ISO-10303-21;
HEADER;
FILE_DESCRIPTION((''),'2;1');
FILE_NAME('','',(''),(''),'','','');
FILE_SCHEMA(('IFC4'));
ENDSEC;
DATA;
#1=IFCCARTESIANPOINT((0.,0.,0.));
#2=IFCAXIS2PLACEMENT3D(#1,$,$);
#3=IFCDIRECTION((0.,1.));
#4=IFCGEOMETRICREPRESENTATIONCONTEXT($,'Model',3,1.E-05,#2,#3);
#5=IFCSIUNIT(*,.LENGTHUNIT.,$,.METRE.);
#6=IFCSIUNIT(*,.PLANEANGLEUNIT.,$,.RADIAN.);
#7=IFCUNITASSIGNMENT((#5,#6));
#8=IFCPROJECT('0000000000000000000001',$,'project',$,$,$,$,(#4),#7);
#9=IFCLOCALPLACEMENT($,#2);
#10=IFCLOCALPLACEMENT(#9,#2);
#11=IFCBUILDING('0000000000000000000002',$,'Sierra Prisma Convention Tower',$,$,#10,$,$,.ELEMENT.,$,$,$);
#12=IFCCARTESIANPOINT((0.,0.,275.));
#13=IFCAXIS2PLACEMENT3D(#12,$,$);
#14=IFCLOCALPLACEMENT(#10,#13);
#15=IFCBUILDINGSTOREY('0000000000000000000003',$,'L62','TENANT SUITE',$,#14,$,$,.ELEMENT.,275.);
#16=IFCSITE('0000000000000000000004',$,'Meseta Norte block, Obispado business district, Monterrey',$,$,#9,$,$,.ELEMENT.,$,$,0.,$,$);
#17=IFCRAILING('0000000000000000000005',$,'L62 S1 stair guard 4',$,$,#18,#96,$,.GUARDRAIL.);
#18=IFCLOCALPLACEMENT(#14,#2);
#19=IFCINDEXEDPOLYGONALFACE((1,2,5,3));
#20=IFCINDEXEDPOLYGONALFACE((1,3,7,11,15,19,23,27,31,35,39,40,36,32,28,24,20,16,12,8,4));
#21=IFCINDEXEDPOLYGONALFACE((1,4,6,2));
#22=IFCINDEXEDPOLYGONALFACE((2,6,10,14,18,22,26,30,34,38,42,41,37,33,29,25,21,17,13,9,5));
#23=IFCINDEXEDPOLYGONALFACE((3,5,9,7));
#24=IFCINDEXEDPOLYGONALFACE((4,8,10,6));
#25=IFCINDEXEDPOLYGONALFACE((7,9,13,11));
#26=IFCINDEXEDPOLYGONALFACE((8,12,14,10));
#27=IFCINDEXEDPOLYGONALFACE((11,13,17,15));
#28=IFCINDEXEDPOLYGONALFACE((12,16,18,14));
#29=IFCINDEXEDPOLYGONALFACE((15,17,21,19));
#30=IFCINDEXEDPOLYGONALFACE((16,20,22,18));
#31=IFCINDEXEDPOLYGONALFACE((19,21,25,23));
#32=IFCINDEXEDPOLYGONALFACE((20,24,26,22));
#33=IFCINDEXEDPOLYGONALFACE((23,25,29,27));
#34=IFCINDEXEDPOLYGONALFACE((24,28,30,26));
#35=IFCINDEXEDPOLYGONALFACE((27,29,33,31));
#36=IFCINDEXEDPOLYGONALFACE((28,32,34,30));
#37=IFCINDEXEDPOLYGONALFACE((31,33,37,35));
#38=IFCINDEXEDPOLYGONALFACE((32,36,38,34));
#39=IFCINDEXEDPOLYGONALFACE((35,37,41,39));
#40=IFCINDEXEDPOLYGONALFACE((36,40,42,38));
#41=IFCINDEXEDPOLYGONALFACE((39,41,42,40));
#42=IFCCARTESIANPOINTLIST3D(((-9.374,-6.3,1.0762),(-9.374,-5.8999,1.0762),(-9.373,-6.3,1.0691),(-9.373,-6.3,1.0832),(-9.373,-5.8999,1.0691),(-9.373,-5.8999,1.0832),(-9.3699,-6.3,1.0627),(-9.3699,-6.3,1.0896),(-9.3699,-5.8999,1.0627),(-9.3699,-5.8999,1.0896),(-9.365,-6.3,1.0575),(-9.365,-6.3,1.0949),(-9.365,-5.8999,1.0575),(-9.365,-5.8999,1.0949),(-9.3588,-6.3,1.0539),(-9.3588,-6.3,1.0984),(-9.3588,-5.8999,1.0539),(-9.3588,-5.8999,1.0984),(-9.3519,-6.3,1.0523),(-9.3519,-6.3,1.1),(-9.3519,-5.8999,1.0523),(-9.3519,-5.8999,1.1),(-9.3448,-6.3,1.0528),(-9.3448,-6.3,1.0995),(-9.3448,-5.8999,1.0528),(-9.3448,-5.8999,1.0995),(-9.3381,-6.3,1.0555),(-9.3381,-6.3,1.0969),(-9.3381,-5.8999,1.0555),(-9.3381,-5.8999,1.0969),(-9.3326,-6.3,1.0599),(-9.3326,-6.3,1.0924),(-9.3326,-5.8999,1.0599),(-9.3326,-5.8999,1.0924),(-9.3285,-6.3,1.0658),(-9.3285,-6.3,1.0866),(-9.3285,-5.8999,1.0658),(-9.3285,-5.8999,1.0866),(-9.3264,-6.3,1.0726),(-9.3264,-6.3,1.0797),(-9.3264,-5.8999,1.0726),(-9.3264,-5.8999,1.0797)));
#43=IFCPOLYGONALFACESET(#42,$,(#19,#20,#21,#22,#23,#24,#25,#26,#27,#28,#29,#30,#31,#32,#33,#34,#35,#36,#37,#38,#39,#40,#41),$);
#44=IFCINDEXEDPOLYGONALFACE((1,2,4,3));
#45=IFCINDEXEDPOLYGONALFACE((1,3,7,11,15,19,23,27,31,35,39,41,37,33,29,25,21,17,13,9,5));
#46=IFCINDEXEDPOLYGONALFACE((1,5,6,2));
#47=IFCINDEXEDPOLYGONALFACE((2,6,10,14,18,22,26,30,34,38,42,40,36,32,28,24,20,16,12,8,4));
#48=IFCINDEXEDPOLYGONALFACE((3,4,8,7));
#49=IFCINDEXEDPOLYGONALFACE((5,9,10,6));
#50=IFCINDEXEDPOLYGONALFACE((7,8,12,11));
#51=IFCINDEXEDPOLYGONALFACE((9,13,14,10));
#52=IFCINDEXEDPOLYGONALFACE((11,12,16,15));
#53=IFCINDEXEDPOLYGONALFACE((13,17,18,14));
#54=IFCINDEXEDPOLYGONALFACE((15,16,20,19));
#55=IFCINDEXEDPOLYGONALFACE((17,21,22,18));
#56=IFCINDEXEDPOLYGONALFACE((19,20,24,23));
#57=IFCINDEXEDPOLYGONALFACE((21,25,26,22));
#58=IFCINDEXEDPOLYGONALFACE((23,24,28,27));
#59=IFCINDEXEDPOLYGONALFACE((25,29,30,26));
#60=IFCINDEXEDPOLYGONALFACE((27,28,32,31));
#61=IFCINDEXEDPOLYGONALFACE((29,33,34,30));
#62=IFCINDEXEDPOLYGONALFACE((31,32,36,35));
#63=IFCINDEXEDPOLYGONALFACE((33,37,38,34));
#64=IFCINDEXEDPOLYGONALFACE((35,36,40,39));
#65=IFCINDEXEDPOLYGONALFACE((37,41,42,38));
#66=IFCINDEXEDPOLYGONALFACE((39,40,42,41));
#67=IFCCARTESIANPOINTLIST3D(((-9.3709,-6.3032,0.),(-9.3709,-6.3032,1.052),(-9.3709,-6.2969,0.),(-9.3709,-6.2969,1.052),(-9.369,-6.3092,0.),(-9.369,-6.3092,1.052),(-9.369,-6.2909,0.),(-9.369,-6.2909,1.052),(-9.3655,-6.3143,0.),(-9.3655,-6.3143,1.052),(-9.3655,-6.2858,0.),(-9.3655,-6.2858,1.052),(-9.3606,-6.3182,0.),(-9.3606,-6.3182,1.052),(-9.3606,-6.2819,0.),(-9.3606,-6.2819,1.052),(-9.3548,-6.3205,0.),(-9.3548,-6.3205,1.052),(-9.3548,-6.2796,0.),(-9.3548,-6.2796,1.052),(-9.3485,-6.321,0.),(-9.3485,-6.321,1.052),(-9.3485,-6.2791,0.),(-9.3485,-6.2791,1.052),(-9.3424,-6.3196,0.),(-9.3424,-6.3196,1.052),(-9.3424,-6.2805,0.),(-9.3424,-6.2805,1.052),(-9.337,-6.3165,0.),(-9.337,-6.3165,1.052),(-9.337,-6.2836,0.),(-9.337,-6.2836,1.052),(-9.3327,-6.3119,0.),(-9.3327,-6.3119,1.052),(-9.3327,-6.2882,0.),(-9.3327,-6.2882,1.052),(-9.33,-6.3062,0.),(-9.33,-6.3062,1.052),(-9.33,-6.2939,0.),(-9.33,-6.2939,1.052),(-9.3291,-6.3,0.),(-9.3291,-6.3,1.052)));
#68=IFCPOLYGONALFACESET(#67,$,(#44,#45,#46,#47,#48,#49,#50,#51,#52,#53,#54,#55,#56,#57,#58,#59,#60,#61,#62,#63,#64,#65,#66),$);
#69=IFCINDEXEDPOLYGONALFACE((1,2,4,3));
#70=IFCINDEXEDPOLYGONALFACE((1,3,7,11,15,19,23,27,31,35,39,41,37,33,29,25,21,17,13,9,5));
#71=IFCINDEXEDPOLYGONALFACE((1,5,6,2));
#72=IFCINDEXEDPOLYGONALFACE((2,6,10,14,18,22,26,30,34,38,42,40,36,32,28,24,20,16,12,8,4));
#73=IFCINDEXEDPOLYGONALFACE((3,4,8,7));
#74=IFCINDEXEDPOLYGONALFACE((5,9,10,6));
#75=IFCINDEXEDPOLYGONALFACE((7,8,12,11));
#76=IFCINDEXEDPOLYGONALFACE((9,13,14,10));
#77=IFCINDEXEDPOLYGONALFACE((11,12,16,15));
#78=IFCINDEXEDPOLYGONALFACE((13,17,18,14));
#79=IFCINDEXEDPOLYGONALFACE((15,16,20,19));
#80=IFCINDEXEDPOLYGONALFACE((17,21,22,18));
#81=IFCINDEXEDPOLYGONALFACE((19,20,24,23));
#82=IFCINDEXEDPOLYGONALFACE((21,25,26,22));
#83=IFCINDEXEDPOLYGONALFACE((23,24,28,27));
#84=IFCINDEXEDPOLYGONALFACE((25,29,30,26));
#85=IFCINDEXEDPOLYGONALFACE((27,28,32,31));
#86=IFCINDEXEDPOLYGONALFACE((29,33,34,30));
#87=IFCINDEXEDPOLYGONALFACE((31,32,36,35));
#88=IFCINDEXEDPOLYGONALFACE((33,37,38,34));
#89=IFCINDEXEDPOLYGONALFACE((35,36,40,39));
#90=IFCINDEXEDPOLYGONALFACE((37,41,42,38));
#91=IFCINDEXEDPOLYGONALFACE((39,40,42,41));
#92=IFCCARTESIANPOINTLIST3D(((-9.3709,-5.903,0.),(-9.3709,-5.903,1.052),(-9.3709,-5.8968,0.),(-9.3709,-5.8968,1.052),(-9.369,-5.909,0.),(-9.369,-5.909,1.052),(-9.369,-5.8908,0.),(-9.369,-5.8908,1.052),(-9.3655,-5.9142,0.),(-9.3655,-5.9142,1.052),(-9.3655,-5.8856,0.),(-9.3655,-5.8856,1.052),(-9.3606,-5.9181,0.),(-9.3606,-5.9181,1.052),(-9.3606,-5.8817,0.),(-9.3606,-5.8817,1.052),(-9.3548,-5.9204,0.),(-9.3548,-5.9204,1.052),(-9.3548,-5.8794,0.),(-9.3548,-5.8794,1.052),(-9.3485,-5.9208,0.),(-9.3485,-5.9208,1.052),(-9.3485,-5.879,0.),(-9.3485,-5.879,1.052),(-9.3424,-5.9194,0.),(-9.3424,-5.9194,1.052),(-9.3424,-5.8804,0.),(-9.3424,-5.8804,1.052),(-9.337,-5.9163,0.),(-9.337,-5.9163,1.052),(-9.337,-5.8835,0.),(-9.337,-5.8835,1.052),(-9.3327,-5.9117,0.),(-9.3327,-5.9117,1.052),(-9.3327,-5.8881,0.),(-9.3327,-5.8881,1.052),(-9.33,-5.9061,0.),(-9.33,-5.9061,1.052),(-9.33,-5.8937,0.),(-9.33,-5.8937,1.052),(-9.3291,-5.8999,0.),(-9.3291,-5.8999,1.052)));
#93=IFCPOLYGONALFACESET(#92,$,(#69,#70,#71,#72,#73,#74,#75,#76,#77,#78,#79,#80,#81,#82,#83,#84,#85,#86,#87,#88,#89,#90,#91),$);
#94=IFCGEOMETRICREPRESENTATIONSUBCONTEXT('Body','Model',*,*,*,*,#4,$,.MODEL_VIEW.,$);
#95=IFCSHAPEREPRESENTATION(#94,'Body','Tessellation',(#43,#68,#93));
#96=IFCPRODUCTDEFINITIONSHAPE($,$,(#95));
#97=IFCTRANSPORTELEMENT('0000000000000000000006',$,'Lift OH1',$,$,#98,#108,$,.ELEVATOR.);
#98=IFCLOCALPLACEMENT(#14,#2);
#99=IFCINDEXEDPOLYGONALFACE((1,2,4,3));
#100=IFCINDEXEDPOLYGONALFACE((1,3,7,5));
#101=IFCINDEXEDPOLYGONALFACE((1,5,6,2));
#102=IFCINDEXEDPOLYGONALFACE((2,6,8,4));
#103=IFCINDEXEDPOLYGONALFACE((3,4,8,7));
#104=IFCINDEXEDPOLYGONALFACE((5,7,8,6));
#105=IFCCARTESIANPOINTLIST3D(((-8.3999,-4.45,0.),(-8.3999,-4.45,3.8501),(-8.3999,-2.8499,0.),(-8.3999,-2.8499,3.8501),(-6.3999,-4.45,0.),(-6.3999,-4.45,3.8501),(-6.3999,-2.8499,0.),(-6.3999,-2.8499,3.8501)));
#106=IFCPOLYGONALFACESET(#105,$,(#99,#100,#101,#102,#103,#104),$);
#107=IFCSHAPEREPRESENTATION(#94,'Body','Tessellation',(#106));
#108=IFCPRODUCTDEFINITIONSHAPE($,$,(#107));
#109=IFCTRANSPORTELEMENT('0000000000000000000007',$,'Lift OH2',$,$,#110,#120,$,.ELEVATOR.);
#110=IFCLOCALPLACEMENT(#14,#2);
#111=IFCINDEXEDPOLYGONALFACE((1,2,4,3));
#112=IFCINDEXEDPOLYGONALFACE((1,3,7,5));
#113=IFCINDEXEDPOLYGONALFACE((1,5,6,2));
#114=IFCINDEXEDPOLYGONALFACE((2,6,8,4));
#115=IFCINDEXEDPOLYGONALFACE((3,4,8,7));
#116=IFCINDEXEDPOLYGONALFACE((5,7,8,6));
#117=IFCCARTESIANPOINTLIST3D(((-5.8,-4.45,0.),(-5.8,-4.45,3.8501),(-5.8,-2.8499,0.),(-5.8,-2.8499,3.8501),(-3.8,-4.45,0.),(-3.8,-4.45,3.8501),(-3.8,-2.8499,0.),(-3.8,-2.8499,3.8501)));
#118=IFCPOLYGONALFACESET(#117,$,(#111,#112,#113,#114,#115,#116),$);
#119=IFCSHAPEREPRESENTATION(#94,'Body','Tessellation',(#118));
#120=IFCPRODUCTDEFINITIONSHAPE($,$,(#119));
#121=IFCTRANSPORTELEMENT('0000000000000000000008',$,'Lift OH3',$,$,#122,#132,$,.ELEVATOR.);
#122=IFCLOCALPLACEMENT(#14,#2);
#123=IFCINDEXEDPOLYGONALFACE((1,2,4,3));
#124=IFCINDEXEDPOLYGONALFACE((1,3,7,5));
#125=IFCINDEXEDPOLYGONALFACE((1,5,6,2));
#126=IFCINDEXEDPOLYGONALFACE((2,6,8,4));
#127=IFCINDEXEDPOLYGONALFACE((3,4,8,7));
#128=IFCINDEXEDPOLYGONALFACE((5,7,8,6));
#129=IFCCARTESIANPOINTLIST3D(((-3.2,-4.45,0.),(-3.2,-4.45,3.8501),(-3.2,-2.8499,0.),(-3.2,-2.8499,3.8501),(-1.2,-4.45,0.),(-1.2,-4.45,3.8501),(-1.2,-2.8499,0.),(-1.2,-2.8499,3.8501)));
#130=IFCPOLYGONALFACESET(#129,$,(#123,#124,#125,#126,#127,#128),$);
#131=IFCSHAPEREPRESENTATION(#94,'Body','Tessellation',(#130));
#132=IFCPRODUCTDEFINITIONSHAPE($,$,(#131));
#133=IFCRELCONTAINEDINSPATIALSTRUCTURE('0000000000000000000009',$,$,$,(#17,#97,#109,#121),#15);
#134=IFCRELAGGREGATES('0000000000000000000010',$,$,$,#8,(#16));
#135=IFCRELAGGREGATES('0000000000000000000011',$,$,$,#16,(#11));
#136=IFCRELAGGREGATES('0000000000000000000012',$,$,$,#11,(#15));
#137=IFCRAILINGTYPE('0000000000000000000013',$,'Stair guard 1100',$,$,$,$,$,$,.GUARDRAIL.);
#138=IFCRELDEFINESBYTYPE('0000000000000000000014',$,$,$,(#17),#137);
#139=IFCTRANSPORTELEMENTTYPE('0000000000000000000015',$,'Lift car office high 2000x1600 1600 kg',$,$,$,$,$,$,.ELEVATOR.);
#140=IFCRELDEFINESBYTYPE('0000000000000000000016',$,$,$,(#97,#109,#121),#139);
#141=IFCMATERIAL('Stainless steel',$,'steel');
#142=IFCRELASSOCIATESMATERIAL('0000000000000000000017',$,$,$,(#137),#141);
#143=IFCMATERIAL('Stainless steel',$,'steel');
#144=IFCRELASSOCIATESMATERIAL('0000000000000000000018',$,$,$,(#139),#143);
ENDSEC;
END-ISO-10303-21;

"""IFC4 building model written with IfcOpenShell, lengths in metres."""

from ifc_helpers import new_model, si_unit, direction, frame, origin, origin_2d, place, context, subcontext, project, spatial, rectangle, circle, extrude, material, type_object, element, save


model = new_model("IFC4")

# Units and contexts
model_context = context("Model", 3, precision=1e-05, world=origin(), true_north=direction((0.0, 1.0)))
body_context = subcontext(model_context, "Body", "Model", "MODEL_VIEW")
ifc_project = project(units=[si_unit("LENGTHUNIT", "METRE"), si_unit("PLANEANGLEUNIT", "RADIAN")], contexts=[model_context])

# Site, building, storey
site_placement = place(None, origin())
site = spatial("IfcSite", under=ifc_project, at=site_placement, Name="Meseta Norte block, Obispado business district, Monterrey", CompositionType="ELEMENT", RefElevation=0.0)
building_placement = place(site_placement, origin())
building = spatial("IfcBuilding", under=site, at=building_placement, Name="Sierra Prisma Convention Tower", CompositionType="ELEMENT")
storey_placement = place(building_placement, frame((0.0, 0.0, 275.0)))
storey = spatial("IfcBuildingStorey", under=building, at=storey_placement, Name="L62", Description="TENANT SUITE", CompositionType="ELEMENT", Elevation=275.0)

# Railing
ifc_material_1 = material(Name="Stainless steel", Category="steel")
railing_type_1 = type_object("IfcRailingType", Name="Stair guard 1100", PredefinedType="GUARDRAIL", material=ifc_material_1)
railing_1_placement = place(storey_placement, frame((-9.3501, -6.3, 0.0)))
element("IfcRailing", 1, at=railing_1_placement, inside=storey, type_object=railing_type_1, Name="L62 S1 stair guard 4", PredefinedType="GUARDRAIL", context=body_context, shape_type="SweptSolid", body=[
    extrude(circle(Radius=0.0239, at=origin_2d()), frame((0.0, 0.0, 1.0762), z_axis=(0.0, 1.0, 0.0), x_axis=(-1.0, 0.0, 0.0)), (0.0, 0.0, 1.0), 0.4001),
    extrude(circle(Radius=0.021, at=origin_2d()), origin(), (0.0, 0.0, 1.0), 1.052),
    extrude(circle(Radius=0.021, at=origin_2d()), frame((0.0, 0.4001, 0.0)), (0.0, 0.0, 1.0), 1.052),
])

# Transport elements
ifc_material_2 = material(Name="Stainless steel", Category="steel")
transport_element_type = type_object("IfcTransportElementType", Name="Lift car office high 2000x1600 1600 kg", PredefinedType="ELEVATOR", material=ifc_material_2)
for number, where, z_axis, x_axis, name in (
    (2, (-7.3999, -3.6499, 0.0), (0.0, 0.0, 1.0), (1.0, 0.0, 0.0), "Lift OH1"),
    (3, (-4.8, -3.6499, 0.0), (0.0, 0.0, 1.0), (1.0, 0.0, 0.0), "Lift OH2"),
    (4, (-2.2, -3.6499, 0.0), (0.0, 0.0, 1.0), (1.0, 0.0, 0.0), "Lift OH3"),
):
    element("IfcTransportElement", number, at=place(storey_placement, frame(where, z_axis=z_axis, x_axis=x_axis)), inside=storey, type_object=transport_element_type, Name=name, PredefinedType="ELEVATOR", context=body_context, shape_type="SweptSolid", body=[
        extrude(rectangle(XDim=2.0, YDim=1.6001, at=origin_2d()), origin(), (0.0, 0.0, 1.0), 3.8501),
    ])

save(model, "model.ifc")
